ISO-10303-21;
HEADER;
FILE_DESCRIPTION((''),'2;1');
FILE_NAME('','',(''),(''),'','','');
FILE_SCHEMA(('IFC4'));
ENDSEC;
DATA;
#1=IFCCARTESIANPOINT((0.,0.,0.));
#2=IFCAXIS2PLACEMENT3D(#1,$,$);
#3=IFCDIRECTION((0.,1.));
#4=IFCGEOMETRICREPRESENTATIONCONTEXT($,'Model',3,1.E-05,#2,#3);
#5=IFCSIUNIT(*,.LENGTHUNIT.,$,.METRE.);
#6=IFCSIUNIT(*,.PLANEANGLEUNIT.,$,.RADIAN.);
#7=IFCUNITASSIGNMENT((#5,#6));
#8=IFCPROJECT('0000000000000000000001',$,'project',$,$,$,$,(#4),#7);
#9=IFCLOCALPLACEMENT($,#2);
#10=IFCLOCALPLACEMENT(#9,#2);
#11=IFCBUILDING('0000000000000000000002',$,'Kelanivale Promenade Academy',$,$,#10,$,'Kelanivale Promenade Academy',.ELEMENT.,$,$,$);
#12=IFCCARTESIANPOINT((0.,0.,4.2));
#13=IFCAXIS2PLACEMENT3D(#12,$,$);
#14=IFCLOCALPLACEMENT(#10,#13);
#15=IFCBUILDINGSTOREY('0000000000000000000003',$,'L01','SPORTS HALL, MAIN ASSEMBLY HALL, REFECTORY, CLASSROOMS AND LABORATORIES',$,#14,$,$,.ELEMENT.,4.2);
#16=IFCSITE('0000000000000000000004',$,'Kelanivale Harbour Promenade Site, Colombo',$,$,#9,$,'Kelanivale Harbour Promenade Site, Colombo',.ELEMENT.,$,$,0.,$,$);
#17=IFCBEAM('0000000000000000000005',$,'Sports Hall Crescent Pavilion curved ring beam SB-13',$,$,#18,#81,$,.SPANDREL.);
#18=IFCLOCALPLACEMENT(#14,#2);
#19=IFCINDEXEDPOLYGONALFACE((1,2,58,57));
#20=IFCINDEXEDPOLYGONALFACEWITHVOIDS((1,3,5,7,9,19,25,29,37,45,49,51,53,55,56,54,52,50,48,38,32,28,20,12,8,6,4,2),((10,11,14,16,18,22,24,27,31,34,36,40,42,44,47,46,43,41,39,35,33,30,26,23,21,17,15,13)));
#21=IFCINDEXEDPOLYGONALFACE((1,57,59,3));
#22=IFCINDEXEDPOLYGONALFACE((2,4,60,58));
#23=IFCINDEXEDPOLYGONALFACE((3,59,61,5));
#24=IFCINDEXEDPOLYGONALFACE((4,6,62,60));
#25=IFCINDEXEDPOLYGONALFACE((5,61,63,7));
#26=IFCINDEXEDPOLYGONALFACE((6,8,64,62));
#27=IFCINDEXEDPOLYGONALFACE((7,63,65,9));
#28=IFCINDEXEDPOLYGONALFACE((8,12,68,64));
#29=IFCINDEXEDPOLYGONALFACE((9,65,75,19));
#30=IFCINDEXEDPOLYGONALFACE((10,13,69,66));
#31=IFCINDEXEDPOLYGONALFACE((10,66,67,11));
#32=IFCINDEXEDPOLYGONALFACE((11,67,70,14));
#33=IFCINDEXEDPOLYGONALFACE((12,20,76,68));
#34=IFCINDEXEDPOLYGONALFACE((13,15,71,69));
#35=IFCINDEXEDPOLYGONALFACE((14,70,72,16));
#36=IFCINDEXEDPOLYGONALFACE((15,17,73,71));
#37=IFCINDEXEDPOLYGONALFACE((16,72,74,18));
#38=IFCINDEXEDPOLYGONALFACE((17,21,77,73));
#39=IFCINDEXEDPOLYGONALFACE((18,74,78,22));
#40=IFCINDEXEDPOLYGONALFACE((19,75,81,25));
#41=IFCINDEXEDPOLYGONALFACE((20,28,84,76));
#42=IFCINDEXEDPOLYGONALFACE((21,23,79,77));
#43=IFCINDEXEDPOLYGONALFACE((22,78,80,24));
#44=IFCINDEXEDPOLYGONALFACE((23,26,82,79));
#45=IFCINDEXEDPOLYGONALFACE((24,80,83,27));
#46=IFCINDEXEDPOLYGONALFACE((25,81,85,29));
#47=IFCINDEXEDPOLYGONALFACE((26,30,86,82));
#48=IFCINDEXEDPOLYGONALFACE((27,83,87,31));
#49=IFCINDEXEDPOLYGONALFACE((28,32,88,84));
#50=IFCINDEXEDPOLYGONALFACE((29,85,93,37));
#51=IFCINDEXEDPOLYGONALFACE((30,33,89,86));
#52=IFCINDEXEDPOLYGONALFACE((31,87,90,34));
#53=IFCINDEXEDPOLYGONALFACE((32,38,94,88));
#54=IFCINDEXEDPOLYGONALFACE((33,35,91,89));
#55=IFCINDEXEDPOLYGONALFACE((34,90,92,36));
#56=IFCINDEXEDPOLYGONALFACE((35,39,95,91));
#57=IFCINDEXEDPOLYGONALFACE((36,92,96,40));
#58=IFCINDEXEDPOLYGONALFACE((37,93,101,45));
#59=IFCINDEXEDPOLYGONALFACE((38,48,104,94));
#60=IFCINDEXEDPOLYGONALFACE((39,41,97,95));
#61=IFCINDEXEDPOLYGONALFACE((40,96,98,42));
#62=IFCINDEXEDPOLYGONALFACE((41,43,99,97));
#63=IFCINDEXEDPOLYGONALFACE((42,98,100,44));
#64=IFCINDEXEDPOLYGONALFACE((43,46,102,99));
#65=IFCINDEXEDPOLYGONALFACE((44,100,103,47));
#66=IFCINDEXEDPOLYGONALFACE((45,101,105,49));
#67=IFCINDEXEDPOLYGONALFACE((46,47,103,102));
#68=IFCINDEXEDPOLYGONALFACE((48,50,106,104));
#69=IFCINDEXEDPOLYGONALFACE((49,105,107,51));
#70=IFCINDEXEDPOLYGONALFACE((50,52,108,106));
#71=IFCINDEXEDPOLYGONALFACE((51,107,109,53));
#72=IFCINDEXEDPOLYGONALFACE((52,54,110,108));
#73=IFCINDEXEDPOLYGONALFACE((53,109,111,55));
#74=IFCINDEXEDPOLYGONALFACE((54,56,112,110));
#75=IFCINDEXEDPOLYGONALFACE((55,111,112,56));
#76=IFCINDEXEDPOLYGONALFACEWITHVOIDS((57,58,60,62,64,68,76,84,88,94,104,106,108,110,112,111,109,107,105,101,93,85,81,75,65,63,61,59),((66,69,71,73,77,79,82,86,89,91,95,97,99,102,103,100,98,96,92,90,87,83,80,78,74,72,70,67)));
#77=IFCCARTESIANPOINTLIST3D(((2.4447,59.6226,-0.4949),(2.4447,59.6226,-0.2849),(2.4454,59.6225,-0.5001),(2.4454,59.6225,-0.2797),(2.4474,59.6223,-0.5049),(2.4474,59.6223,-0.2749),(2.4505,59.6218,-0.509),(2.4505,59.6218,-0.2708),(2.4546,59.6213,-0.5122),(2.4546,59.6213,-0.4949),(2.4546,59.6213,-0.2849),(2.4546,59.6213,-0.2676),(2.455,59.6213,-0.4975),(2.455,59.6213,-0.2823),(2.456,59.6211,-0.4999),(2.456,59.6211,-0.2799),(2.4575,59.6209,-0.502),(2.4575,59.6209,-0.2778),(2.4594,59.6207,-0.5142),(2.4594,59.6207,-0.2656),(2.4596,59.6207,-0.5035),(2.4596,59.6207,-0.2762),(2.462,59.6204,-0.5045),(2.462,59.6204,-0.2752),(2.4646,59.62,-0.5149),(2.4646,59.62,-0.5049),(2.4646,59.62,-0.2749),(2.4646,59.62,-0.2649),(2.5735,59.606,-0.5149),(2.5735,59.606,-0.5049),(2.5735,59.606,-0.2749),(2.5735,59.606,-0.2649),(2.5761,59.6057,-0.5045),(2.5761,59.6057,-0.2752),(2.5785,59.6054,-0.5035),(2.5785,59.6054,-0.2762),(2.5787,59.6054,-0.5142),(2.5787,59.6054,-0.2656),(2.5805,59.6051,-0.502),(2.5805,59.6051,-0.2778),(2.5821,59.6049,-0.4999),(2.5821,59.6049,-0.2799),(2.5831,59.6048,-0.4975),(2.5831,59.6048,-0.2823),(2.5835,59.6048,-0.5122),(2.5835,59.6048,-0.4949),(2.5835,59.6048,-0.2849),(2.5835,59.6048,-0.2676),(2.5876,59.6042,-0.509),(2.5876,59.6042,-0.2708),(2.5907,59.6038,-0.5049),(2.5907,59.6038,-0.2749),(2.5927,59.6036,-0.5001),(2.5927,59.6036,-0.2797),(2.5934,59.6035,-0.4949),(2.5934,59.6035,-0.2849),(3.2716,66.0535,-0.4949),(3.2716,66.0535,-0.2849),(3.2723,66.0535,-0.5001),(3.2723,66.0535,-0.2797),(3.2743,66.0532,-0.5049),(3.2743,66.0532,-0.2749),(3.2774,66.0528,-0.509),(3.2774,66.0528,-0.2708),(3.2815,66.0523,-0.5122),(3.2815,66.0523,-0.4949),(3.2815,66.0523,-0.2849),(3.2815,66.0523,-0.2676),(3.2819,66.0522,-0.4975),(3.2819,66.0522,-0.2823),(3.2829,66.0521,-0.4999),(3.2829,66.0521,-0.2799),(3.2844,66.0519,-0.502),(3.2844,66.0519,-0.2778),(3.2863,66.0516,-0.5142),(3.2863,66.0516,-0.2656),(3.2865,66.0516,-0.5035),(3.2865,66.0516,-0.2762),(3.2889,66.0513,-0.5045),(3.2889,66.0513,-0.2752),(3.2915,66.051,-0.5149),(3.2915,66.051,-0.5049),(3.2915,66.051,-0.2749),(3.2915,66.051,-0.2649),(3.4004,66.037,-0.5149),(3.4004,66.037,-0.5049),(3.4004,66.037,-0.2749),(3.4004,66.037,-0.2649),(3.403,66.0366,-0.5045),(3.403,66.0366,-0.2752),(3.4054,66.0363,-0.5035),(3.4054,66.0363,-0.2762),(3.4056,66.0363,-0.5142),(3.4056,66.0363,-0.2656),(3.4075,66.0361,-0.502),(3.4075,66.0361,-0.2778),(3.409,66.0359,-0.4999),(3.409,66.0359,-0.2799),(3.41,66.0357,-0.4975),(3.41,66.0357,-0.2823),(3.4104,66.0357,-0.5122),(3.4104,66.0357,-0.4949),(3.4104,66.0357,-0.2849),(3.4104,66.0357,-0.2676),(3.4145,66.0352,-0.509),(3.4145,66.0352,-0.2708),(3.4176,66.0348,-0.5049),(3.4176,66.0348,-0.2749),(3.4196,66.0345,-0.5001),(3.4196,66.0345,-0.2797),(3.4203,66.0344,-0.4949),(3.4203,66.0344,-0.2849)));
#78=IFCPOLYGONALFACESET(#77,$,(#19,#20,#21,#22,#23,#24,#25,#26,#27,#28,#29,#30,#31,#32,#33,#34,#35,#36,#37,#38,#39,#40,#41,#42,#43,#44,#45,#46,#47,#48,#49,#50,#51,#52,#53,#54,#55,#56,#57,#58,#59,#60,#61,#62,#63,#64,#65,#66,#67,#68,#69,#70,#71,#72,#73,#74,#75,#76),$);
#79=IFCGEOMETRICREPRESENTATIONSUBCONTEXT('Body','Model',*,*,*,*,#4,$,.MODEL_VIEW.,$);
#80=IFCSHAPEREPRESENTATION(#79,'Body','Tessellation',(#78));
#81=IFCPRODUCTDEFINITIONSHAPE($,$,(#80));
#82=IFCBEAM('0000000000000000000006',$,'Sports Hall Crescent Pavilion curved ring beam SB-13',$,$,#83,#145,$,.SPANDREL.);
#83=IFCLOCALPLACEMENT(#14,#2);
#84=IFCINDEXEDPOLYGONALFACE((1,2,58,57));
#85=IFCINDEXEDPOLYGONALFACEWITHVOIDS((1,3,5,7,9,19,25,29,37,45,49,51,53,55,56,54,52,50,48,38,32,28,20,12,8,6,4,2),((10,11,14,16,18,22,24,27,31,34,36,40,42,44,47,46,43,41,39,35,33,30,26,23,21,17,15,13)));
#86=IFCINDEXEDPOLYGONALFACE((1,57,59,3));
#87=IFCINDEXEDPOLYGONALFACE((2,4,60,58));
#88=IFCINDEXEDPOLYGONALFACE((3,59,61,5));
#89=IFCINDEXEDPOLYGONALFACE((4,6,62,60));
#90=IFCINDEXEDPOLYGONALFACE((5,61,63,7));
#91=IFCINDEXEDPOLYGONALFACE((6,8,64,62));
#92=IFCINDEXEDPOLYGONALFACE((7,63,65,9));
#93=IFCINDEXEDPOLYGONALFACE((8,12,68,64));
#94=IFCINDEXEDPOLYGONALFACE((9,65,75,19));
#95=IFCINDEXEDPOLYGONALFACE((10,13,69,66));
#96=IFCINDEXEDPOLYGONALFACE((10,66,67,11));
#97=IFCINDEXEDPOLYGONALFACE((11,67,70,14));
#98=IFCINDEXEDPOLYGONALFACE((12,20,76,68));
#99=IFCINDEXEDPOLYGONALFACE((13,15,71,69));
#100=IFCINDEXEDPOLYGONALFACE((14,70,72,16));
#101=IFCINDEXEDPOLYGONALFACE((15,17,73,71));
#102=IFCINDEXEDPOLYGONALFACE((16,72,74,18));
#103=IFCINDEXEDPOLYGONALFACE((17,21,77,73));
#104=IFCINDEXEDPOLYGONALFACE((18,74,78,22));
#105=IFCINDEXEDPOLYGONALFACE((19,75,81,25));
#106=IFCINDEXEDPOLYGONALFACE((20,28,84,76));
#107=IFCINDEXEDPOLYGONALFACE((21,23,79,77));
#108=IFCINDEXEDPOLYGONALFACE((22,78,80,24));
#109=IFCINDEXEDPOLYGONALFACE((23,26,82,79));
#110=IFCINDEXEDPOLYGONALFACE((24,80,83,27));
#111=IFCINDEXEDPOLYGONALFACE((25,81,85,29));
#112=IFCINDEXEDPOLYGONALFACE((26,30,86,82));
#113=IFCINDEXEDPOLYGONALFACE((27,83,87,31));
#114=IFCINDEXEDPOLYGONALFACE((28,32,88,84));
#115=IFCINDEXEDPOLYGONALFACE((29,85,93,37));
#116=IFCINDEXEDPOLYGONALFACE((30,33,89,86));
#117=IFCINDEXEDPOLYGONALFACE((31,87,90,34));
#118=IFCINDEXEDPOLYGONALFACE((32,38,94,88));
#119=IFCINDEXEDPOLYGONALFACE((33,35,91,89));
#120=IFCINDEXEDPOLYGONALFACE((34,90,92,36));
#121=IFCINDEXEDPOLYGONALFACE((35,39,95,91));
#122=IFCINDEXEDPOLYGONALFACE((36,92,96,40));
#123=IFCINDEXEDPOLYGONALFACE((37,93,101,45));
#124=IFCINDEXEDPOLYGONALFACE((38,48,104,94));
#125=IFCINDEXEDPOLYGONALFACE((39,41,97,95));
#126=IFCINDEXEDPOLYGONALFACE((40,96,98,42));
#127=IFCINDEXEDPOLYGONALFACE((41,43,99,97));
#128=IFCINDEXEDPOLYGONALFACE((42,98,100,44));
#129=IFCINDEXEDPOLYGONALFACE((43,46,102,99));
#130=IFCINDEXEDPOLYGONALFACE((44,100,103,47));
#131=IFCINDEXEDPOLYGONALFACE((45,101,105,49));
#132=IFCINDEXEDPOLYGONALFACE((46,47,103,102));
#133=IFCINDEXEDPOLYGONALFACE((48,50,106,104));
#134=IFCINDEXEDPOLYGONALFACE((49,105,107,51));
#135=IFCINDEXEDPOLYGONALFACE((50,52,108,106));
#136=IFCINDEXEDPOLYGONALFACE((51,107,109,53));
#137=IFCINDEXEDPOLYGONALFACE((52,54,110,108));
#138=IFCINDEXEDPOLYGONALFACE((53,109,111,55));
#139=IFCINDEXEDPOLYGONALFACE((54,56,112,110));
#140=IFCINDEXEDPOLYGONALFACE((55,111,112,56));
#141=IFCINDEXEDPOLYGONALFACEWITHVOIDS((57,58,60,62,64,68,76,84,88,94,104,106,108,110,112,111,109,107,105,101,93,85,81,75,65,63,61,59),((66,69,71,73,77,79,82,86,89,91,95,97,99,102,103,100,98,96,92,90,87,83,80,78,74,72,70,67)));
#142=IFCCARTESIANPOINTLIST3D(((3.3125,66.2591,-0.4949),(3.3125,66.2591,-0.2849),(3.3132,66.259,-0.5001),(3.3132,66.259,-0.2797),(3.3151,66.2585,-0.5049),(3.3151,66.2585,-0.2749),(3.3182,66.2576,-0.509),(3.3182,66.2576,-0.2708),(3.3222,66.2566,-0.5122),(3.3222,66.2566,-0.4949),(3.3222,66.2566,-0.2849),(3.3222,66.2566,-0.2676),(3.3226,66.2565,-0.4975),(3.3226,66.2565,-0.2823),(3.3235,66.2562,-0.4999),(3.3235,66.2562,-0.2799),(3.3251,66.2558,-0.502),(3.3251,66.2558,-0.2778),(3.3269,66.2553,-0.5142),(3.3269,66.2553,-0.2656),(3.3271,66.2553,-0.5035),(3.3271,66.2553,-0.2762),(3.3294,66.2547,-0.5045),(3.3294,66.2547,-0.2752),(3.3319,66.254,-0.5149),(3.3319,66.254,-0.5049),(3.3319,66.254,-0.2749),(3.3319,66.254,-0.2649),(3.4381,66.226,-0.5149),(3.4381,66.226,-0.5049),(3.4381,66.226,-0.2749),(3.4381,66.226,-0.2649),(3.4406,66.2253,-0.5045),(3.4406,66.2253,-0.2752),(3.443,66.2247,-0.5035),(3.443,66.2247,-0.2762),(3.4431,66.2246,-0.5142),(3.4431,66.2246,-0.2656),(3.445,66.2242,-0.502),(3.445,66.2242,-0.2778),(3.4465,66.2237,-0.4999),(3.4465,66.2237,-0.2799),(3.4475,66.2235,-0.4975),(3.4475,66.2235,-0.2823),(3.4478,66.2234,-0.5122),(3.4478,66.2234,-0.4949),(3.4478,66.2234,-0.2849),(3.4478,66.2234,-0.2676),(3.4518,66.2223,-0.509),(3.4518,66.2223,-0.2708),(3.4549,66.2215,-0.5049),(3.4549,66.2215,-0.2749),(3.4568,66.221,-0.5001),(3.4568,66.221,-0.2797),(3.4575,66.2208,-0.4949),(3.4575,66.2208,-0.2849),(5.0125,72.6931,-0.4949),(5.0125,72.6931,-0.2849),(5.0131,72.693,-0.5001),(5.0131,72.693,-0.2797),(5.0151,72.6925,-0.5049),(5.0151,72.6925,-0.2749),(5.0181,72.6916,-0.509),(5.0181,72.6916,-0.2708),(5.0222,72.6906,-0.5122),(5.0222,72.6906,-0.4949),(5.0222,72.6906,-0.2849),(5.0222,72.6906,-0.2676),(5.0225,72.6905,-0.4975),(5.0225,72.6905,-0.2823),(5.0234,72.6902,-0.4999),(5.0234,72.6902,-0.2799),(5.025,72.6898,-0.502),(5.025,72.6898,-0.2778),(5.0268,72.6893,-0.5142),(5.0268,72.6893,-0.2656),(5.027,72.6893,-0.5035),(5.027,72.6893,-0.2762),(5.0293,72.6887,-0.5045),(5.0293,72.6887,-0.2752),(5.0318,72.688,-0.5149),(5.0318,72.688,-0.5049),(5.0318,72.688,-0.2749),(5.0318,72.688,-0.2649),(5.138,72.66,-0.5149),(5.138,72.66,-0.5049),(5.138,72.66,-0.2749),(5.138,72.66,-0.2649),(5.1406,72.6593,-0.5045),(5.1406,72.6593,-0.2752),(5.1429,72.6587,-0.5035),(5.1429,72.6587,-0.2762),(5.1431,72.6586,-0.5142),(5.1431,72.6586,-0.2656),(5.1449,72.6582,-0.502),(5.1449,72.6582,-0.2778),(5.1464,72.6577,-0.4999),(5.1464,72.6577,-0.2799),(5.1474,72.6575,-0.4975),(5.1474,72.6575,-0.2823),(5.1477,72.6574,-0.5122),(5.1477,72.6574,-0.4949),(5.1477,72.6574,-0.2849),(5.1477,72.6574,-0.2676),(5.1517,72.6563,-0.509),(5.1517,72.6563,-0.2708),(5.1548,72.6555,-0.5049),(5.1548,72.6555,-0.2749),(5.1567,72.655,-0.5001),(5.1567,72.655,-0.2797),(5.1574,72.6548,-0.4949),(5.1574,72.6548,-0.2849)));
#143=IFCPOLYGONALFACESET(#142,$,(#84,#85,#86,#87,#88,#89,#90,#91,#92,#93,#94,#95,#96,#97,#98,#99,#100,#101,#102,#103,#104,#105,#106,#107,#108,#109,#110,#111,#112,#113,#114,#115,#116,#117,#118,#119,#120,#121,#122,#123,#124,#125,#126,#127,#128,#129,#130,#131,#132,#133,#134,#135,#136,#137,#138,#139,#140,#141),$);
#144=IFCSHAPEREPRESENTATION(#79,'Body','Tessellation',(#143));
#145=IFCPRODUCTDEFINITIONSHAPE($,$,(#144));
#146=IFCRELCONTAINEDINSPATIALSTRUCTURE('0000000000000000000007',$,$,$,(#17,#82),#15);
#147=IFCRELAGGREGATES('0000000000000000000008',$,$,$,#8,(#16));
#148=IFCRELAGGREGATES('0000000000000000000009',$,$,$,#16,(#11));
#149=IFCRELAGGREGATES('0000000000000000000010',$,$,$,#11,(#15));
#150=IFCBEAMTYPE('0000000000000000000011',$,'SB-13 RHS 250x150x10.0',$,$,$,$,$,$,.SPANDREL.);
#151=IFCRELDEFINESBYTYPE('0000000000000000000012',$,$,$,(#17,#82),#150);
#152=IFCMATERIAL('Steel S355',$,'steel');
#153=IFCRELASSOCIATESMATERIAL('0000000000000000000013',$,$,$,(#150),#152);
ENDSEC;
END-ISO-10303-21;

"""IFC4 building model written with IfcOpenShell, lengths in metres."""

from ifc_helpers import new_model, si_unit, direction, frame, origin, origin_2d, place, context, subcontext, project, spatial, hollow_rectangle, extrude, material, material_profile, profile_set, type_object, element, save


model = new_model("IFC4")

# Units and contexts
model_context = context("Model", 3, precision=1e-05, world=origin(), true_north=direction((0.0, 1.0)))
body_context = subcontext(model_context, "Body", "Model", "MODEL_VIEW")
ifc_project = project(units=[si_unit("LENGTHUNIT", "METRE"), si_unit("PLANEANGLEUNIT", "RADIAN")], contexts=[model_context])

# Site, building, storey
site_placement = place(None, origin())
site = spatial("IfcSite", under=ifc_project, at=site_placement, Name="Kelanivale Harbour Promenade Site, Colombo", LongName="Kelanivale Harbour Promenade Site, Colombo", CompositionType="ELEMENT", RefElevation=0.0)
building_placement = place(site_placement, origin())
building = spatial("IfcBuilding", under=site, at=building_placement, Name="Kelanivale Promenade Academy", LongName="Kelanivale Promenade Academy", CompositionType="ELEMENT")
storey_placement = place(building_placement, frame((0.0, 0.0, 4.2)))
storey = spatial("IfcBuildingStorey", under=building, at=storey_placement, Name="L01", Description="SPORTS HALL, MAIN ASSEMBLY HALL, REFECTORY, CLASSROOMS AND LABORATORIES", CompositionType="ELEMENT", Elevation=4.2)

# Shared definitions
ifc_material_1 = material(Name="Steel S355", Category="steel")

# Beams
ifc_material_profile_1 = material_profile(ifc_material_1, hollow_rectangle(XDim=0.1499, YDim=0.25, WallThickness=0.01, InnerFilletRadius=0.01, OuterFilletRadius=0.02, at=origin_2d()), Name="RHS 250x150x10.0")
ifc_profile_set_1 = profile_set([ifc_material_profile_1], Name="Steel S355")
beam_type_1 = type_object("IfcBeamType", Name="SB-13 RHS 250x150x10.0", PredefinedType="SPANDREL", material=ifc_profile_set_1)
beam_1_placement = place(storey_placement, frame((2.519, 59.613, -0.3899), z_axis=(0.127533, 0.991834, 0.0), x_axis=(-0.991834, 0.127533, 0.0)))
element("IfcBeam", 1, at=beam_1_placement, inside=storey, type_object=beam_type_1, Name="Sports Hall Crescent Pavilion curved ring beam SB-13", PredefinedType="SPANDREL", context=body_context, shape_type="SweptSolid", body=[
    extrude(hollow_rectangle(XDim=0.1499, YDim=0.25, WallThickness=0.01, InnerFilletRadius=0.01, OuterFilletRadius=0.02, at=origin_2d()), origin(), (0.0, 0.0, 1.0), 6.4839),
])
beam_2_placement = place(storey_placement, frame((3.385, 66.24, -0.3899), z_axis=(0.255445, 0.966824, 0.0), x_axis=(-0.966824, 0.255445, 0.0)))
element("IfcBeam", 2, at=beam_2_placement, inside=storey, type_object=beam_type_1, Name="Sports Hall Crescent Pavilion curved ring beam SB-13", PredefinedType="SPANDREL", context=body_context, shape_type="SweptSolid", body=[
    extrude(hollow_rectangle(XDim=0.1499, YDim=0.25, WallThickness=0.01, InnerFilletRadius=0.01, OuterFilletRadius=0.02, at=origin_2d()), origin(), (0.0, 0.0, 1.0), 6.6548),
])

save(model, "model.ifc")
